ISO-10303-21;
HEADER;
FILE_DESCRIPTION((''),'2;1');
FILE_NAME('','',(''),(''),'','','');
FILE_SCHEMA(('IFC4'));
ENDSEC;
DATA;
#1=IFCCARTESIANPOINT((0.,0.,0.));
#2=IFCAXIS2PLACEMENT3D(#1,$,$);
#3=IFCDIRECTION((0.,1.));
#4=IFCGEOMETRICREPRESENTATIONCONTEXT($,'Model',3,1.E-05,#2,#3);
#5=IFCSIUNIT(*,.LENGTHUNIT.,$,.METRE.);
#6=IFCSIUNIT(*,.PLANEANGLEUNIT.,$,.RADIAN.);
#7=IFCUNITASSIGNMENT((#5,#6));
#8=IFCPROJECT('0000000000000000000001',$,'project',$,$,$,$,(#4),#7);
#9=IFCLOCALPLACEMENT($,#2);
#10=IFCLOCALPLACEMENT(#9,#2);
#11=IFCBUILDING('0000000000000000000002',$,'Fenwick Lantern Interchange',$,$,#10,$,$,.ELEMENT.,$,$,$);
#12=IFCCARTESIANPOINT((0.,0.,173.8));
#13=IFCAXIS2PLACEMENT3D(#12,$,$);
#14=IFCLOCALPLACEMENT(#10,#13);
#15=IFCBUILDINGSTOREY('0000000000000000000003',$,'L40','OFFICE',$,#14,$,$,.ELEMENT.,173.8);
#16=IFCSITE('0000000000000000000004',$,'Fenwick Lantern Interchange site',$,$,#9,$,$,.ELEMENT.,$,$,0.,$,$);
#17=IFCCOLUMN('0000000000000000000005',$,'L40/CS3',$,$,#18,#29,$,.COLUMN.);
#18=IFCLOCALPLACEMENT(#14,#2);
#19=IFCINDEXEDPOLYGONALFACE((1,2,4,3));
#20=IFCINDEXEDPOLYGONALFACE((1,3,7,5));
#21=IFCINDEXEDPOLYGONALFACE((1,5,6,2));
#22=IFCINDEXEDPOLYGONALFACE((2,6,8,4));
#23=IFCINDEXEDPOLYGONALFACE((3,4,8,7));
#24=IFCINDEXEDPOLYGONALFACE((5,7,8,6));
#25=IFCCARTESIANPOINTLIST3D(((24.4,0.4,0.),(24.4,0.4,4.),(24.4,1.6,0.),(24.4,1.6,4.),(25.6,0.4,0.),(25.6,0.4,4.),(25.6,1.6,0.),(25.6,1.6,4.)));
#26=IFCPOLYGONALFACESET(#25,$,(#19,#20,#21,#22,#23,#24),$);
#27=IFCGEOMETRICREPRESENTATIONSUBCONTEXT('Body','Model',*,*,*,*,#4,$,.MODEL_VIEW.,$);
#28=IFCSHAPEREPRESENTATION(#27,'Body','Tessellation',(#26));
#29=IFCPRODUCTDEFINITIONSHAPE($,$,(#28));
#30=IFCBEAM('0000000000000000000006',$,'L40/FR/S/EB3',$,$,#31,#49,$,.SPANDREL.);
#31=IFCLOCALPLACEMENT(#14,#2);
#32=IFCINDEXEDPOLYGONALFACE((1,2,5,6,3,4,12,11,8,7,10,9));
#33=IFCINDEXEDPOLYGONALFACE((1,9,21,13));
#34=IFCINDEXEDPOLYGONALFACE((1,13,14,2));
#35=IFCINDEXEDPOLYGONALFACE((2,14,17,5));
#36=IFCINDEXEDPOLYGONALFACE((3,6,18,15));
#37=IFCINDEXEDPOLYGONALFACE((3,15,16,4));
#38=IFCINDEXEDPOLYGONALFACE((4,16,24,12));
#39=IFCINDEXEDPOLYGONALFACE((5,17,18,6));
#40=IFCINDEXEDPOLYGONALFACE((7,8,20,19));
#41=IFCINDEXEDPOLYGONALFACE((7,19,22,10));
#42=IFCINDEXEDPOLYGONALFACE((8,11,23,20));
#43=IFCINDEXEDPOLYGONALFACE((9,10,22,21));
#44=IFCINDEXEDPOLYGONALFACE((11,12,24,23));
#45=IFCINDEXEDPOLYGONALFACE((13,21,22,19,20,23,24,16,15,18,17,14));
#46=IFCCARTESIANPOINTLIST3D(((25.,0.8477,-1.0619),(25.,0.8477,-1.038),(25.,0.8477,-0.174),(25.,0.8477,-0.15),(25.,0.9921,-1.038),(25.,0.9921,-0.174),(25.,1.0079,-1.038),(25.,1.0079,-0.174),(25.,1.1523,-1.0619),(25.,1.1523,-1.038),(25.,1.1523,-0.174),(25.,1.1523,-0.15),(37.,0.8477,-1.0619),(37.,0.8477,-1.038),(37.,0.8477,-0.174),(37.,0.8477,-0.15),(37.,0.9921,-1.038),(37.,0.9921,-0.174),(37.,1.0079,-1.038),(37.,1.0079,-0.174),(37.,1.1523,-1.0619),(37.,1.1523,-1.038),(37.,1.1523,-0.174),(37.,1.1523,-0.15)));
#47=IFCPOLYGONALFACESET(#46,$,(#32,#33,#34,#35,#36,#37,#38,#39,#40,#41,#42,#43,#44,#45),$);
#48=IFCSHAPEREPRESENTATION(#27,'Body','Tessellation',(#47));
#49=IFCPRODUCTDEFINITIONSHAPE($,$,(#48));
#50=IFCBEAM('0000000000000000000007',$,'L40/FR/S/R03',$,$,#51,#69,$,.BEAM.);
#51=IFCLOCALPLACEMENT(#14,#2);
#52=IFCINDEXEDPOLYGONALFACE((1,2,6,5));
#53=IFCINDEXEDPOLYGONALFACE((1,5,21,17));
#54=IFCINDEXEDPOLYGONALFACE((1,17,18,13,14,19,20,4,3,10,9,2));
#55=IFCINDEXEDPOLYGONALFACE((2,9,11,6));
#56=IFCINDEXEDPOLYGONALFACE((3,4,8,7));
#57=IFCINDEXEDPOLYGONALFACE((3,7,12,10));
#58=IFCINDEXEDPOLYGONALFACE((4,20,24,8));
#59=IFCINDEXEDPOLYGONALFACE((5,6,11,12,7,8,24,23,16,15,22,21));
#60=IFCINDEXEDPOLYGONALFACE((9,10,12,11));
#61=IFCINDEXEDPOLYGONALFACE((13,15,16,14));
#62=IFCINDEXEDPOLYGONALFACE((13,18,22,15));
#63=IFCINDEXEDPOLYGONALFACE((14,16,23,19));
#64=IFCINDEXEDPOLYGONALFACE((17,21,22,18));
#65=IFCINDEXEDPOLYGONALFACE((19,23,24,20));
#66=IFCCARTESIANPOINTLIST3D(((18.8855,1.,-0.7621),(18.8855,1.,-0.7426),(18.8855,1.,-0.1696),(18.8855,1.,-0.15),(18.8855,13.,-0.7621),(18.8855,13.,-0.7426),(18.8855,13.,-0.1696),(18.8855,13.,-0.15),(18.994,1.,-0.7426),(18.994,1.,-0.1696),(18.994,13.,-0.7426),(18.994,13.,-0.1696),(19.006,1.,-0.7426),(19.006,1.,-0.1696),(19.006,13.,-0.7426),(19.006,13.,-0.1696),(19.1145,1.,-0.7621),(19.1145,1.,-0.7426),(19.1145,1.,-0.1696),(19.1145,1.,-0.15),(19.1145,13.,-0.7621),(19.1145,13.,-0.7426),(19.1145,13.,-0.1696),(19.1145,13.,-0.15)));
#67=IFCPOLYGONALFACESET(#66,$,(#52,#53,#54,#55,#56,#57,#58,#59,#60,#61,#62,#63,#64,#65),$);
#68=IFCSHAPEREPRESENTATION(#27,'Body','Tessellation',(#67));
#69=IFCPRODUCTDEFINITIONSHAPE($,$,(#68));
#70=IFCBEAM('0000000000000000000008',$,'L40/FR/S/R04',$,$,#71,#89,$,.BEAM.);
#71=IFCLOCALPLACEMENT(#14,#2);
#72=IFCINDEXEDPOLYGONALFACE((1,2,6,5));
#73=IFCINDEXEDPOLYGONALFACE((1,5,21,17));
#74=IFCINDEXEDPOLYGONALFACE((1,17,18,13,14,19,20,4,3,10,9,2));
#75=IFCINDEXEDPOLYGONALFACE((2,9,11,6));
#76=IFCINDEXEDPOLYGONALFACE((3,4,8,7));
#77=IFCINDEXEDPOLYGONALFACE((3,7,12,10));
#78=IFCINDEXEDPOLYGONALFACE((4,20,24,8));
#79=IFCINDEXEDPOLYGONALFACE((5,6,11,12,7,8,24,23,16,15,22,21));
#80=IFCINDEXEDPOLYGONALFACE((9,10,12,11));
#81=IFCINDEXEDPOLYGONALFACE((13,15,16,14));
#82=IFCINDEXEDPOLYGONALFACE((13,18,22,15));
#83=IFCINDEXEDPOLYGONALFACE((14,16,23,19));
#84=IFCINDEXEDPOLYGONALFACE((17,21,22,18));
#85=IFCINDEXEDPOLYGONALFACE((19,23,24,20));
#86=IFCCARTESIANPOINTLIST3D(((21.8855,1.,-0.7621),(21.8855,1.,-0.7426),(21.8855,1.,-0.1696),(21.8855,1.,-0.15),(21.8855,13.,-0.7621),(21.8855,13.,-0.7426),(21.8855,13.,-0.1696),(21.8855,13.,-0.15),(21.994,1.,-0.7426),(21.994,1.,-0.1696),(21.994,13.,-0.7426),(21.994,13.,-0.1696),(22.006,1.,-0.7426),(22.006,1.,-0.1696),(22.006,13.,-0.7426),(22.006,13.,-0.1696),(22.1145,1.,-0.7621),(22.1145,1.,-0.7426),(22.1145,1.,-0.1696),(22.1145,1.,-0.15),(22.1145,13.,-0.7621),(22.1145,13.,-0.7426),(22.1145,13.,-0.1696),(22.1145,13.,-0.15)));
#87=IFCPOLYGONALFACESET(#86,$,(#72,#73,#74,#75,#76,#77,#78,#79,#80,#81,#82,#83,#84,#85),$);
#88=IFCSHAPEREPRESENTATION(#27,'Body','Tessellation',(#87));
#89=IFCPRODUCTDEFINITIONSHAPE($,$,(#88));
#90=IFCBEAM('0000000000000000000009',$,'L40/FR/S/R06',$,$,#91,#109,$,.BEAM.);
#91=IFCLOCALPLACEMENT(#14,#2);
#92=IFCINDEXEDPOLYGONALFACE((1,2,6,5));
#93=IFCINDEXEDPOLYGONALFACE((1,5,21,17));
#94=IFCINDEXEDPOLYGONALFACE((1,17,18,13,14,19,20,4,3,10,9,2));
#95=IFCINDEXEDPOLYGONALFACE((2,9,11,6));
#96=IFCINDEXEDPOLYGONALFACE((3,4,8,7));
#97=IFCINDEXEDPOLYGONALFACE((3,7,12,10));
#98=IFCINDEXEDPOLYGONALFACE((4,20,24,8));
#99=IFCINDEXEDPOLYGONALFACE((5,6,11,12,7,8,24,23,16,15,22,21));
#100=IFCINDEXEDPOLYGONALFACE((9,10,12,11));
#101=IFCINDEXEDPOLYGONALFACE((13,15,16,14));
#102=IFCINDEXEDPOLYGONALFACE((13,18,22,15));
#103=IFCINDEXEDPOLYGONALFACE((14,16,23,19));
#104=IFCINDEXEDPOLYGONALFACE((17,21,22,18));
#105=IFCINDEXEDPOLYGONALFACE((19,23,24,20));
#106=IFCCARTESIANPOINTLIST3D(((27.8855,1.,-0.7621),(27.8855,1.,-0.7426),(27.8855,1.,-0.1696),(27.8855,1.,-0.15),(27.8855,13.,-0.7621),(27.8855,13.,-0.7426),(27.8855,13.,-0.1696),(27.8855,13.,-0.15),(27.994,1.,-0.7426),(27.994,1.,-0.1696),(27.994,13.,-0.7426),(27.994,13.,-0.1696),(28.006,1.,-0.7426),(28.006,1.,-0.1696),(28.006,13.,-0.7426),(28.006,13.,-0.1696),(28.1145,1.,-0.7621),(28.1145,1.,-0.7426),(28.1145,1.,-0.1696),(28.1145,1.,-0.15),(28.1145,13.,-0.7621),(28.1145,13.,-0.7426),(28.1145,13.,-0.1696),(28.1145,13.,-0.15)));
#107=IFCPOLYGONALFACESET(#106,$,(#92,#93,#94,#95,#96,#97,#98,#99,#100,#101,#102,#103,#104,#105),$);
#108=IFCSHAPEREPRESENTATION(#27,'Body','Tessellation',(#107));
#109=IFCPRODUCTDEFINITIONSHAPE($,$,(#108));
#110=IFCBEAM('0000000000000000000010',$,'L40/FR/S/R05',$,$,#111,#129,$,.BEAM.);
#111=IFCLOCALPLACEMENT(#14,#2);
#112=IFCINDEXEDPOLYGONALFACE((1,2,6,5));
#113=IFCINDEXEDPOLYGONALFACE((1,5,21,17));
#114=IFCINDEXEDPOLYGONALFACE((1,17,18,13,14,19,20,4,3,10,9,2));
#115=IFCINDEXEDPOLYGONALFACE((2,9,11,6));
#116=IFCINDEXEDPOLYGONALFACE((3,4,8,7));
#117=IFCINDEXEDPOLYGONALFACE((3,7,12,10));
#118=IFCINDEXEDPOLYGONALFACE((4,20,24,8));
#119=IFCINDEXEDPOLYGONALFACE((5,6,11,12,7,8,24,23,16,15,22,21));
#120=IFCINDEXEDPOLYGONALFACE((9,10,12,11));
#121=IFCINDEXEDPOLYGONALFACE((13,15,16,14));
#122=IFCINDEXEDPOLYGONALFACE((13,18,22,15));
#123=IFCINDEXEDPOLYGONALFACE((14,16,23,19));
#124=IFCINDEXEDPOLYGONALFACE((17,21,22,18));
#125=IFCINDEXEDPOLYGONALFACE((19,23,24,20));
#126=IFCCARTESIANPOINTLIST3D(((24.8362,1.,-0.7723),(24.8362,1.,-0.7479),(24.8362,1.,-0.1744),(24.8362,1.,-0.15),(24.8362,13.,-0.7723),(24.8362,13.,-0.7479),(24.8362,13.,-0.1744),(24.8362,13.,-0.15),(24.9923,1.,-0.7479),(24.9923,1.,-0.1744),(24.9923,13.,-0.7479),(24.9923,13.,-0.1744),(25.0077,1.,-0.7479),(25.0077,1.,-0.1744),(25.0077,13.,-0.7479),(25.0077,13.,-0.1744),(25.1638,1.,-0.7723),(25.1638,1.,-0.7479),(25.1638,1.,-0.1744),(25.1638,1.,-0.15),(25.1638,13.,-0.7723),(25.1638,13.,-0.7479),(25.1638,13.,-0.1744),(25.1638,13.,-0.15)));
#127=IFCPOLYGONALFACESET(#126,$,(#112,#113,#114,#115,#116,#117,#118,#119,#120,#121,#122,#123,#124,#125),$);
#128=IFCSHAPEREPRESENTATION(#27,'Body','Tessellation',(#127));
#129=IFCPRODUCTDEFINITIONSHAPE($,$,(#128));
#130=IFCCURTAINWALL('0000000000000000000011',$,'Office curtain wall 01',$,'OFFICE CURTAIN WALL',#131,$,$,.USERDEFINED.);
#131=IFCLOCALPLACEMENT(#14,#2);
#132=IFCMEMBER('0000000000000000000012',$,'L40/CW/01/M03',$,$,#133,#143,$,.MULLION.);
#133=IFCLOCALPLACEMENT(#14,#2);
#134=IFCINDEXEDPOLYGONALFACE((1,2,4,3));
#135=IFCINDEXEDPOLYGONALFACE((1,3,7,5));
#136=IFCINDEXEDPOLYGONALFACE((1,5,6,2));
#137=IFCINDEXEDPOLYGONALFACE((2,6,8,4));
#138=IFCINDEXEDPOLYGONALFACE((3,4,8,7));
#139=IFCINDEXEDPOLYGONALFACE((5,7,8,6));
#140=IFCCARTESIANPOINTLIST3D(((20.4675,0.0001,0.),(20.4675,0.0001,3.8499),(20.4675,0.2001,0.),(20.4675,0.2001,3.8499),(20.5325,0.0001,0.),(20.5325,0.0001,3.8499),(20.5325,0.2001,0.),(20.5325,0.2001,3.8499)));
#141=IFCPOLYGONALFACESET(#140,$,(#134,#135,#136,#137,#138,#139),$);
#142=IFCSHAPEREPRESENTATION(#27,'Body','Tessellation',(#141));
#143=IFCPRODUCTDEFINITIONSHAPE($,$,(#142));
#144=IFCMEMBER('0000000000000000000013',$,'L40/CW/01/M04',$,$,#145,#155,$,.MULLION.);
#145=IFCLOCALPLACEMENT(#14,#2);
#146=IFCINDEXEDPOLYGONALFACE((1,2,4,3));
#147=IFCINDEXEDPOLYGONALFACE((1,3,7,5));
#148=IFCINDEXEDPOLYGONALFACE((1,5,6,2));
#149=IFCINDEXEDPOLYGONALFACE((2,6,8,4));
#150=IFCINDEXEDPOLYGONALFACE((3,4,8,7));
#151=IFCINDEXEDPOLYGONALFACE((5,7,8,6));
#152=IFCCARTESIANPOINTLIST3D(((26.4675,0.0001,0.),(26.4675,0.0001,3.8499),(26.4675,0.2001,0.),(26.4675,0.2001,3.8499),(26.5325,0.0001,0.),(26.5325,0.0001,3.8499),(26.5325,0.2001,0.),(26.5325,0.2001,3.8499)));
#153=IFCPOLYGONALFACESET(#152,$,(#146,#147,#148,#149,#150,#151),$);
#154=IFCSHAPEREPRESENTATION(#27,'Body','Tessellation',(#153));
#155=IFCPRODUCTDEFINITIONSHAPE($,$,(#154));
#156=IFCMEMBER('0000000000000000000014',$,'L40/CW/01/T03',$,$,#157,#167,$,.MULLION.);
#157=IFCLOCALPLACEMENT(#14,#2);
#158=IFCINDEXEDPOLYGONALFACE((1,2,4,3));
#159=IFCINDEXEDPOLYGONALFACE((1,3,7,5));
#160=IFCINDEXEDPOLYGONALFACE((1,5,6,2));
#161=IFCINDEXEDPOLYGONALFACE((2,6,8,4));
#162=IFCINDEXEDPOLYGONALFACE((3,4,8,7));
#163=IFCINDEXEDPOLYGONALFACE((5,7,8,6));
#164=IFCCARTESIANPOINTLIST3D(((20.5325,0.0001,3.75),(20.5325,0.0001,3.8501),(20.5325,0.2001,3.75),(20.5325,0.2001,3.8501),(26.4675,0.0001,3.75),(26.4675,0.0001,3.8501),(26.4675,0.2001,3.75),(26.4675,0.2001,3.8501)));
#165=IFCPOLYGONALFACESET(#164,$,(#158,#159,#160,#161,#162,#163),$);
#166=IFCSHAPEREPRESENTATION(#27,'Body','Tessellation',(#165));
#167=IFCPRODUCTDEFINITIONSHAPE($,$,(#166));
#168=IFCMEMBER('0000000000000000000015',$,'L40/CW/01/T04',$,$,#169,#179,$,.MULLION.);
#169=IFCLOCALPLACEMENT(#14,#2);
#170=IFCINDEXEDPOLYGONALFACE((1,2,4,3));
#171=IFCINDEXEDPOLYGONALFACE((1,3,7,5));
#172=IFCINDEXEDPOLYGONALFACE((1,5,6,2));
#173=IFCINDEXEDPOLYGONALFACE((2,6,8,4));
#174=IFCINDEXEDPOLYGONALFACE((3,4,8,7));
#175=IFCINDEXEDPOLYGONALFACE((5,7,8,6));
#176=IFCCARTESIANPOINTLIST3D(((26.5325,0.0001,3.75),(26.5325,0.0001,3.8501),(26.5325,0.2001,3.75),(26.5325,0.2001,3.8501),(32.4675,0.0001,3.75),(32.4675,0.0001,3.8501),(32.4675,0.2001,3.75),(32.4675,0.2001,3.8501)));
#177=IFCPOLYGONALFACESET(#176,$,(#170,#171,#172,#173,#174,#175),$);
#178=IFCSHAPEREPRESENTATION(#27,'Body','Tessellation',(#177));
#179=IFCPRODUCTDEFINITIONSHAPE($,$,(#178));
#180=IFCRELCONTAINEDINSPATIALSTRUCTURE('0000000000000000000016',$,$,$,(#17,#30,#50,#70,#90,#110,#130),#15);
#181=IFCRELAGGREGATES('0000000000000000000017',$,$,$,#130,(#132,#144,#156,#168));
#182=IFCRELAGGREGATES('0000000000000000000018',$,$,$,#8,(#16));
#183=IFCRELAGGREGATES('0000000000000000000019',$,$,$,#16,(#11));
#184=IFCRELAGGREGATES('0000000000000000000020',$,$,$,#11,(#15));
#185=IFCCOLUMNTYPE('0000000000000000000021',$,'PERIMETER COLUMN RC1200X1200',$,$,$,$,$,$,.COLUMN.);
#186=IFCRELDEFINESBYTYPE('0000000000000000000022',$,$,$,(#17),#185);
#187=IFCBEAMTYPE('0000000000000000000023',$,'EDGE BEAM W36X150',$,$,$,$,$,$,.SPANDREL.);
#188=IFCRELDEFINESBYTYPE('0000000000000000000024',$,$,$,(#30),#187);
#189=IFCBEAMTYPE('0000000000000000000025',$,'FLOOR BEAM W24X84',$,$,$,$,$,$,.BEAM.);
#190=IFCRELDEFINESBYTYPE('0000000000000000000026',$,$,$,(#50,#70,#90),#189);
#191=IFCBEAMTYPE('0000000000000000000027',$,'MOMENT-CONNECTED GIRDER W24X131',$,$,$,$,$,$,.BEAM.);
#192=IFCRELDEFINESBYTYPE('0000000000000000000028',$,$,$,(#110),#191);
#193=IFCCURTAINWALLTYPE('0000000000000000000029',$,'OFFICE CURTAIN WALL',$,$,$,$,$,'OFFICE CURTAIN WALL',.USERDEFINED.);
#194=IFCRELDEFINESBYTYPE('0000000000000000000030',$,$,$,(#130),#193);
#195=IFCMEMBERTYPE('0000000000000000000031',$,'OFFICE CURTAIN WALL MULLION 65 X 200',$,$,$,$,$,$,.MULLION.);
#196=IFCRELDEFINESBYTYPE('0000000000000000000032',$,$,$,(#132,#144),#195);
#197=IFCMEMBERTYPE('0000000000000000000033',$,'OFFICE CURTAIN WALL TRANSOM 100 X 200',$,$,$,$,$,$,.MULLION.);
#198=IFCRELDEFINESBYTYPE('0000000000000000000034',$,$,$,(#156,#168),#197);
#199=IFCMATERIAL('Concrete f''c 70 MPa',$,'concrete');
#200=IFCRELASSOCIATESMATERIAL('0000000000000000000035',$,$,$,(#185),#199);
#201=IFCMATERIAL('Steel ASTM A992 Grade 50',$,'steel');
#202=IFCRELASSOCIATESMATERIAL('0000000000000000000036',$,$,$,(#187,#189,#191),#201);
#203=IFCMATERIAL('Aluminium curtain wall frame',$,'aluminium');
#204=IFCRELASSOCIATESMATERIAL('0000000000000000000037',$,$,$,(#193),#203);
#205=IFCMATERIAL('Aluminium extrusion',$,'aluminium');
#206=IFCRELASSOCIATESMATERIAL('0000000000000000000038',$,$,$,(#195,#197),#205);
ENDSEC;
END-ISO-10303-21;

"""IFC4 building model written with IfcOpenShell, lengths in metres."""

from ifc_helpers import new_model, si_unit, direction, frame, origin, origin_2d, place, context, subcontext, project, spatial, rectangle, i_section, extrude, material, material_profile, profile_set, type_object, element, aggregate, save


model = new_model("IFC4")

# Units and contexts
model_context = context("Model", 3, precision=1e-05, world=origin(), true_north=direction((0.0, 1.0)))
body_context = subcontext(model_context, "Body", "Model", "MODEL_VIEW")
ifc_project = project(units=[si_unit("LENGTHUNIT", "METRE"), si_unit("PLANEANGLEUNIT", "RADIAN")], contexts=[model_context])

# Site, building, storey
site_placement = place(None, origin())
site = spatial("IfcSite", under=ifc_project, at=site_placement, Name="Fenwick Lantern Interchange site", CompositionType="ELEMENT", RefElevation=0.0)
building_placement = place(site_placement, origin())
building = spatial("IfcBuilding", under=site, at=building_placement, Name="Fenwick Lantern Interchange", CompositionType="ELEMENT")
storey_placement = place(building_placement, frame((0.0, 0.0, 173.8)))
storey = spatial("IfcBuildingStorey", under=building, at=storey_placement, Name="L40", Description="OFFICE", CompositionType="ELEMENT", Elevation=173.8)

# Column
ifc_material_1 = material(Name="Concrete f'c 70 MPa", Category="concrete")
ifc_material_profile_1 = material_profile(ifc_material_1, rectangle(XDim=1.2, YDim=1.2, at=origin_2d()), Name="RC1200X1200")
ifc_profile_set_1 = profile_set([ifc_material_profile_1], Name="Concrete f'c 70 MPa")
column_type = type_object("IfcColumnType", Name="PERIMETER COLUMN RC1200X1200", PredefinedType="COLUMN", material=ifc_profile_set_1)
column_placement = place(storey_placement, frame((25.0, 1.0, 0.0), z_axis=(0.0, 0.0, 1.0), x_axis=(1.0, 0.0, 0.0)))
element("IfcColumn", 1, at=column_placement, inside=storey, type_object=column_type, Name="L40/CS3", PredefinedType="COLUMN", context=body_context, shape_type="SweptSolid", body=[
    extrude(rectangle(XDim=1.2, YDim=1.2, at=origin_2d()), origin(), (0.0, 0.0, 1.0), 4.0),
])

# Beams
ifc_material_2 = material(Name="Steel ASTM A992 Grade 50", Category="steel")
ifc_material_profile_2 = material_profile(ifc_material_2, i_section(OverallWidth=0.3047, OverallDepth=0.9119, WebThickness=0.0159, FlangeThickness=0.0239, at=origin_2d()), Name="W36X150")
ifc_profile_set_2 = profile_set([ifc_material_profile_2], Name="Steel ASTM A992 Grade 50")
beam_type_1 = type_object("IfcBeamType", Name="EDGE BEAM W36X150", PredefinedType="SPANDREL", material=ifc_profile_set_2)
beam_1_placement = place(storey_placement, frame((25.0, 1.0, -0.606), z_axis=(1.0, 0.0, 0.0), x_axis=(0.0, 1.0, 0.0)))
element("IfcBeam", 2, at=beam_1_placement, inside=storey, type_object=beam_type_1, Name="L40/FR/S/EB3", PredefinedType="SPANDREL", context=body_context, shape_type="SweptSolid", body=[
    extrude(i_section(OverallWidth=0.3047, OverallDepth=0.9119, WebThickness=0.0159, FlangeThickness=0.0239, at=origin_2d()), origin(), (0.0, 0.0, 1.0), 12.0),
])
ifc_material_profile_3 = material_profile(ifc_material_2, i_section(OverallWidth=0.229, OverallDepth=0.6121, WebThickness=0.012, FlangeThickness=0.0195, at=origin_2d()), Name="W24X84")
ifc_profile_set_3 = profile_set([ifc_material_profile_3], Name="Steel ASTM A992 Grade 50")
beam_type_2 = type_object("IfcBeamType", Name="FLOOR BEAM W24X84", PredefinedType="BEAM", material=ifc_profile_set_3)
for number, where, z_axis, x_axis, name in (
    (3, (19.0, 1.0, -0.4561), (0.0, 1.0, 0.0), (-1.0, 0.0, 0.0), "L40/FR/S/R03"),
    (4, (22.0, 1.0, -0.4561), (0.0, 1.0, 0.0), (-1.0, 0.0, 0.0), "L40/FR/S/R04"),
    (5, (28.0, 1.0, -0.4561), (0.0, 1.0, 0.0), (-1.0, 0.0, 0.0), "L40/FR/S/R06"),
):
    element("IfcBeam", number, at=place(storey_placement, frame(where, z_axis=z_axis, x_axis=x_axis)), inside=storey, type_object=beam_type_2, Name=name, PredefinedType="BEAM", context=body_context, shape_type="SweptSolid", body=[
        extrude(i_section(OverallWidth=0.229, OverallDepth=0.6121, WebThickness=0.012, FlangeThickness=0.0195, at=origin_2d()), origin(), (0.0, 0.0, 1.0), 12.0),
    ])
ifc_material_profile_4 = material_profile(ifc_material_2, i_section(OverallWidth=0.3276, OverallDepth=0.6223, WebThickness=0.0154, FlangeThickness=0.0244, at=origin_2d()), Name="W24X131")
ifc_profile_set_4 = profile_set([ifc_material_profile_4], Name="Steel ASTM A992 Grade 50")
beam_type_3 = type_object("IfcBeamType", Name="MOMENT-CONNECTED GIRDER W24X131", PredefinedType="BEAM", material=ifc_profile_set_4)
beam_2_placement = place(storey_placement, frame((25.0, 1.0, -0.4612), z_axis=(0.0, 1.0, 0.0), x_axis=(-1.0, 0.0, 0.0)))
element("IfcBeam", 6, at=beam_2_placement, inside=storey, type_object=beam_type_3, Name="L40/FR/S/R05", PredefinedType="BEAM", context=body_context, shape_type="SweptSolid", body=[
    extrude(i_section(OverallWidth=0.3276, OverallDepth=0.6223, WebThickness=0.0154, FlangeThickness=0.0244, at=origin_2d()), origin(), (0.0, 0.0, 1.0), 12.0),
])

# Curtain wall, members
ifc_material_3 = material(Name="Aluminium curtain wall frame", Category="aluminium")
curtain_wall_type = type_object("IfcCurtainWallType", Name="OFFICE CURTAIN WALL", ElementType="OFFICE CURTAIN WALL", PredefinedType="USERDEFINED", material=ifc_material_3)
curtain_wall_placement = place(storey_placement, origin())
curtain_wall = element("IfcCurtainWall", 7, at=curtain_wall_placement, inside=storey, type_object=curtain_wall_type, Name="Office curtain wall 01", ObjectType="OFFICE CURTAIN WALL", PredefinedType="USERDEFINED")
ifc_material_4 = material(Name="Aluminium extrusion", Category="aluminium")
ifc_material_profile_5 = material_profile(ifc_material_4, rectangle(XDim=0.2, YDim=0.0649, at=origin_2d()), Name="OFFICE CURTAIN WALL MULLION 65 X 200")
ifc_profile_set_5 = profile_set([ifc_material_profile_5], Name="Aluminium extrusion")
member_type_1 = type_object("IfcMemberType", Name="OFFICE CURTAIN WALL MULLION 65 X 200", PredefinedType="MULLION", material=ifc_profile_set_5)
member_1_placement = place(storey_placement, frame((20.5, 0.1001, 0.0), z_axis=(0.0, 0.0, 1.0), x_axis=(0.0, 1.0, 0.0)))
member_1 = element("IfcMember", 8, at=member_1_placement, type_object=member_type_1, Name="L40/CW/01/M03", PredefinedType="MULLION", context=body_context, shape_type="SweptSolid", body=[
    extrude(rectangle(XDim=0.2, YDim=0.0649, at=origin_2d()), origin(), (0.0, 0.0, 1.0), 3.8499),
])
member_2_placement = place(storey_placement, frame((26.5, 0.1001, 0.0), z_axis=(0.0, 0.0, 1.0), x_axis=(0.0, 1.0, 0.0)))
member_2 = element("IfcMember", 9, at=member_2_placement, type_object=member_type_1, Name="L40/CW/01/M04", PredefinedType="MULLION", context=body_context, shape_type="SweptSolid", body=[
    extrude(rectangle(XDim=0.2, YDim=0.0649, at=origin_2d()), origin(), (0.0, 0.0, 1.0), 3.8499),
])
ifc_material_profile_6 = material_profile(ifc_material_4, rectangle(XDim=0.2, YDim=0.1001, at=origin_2d()), Name="OFFICE CURTAIN WALL TRANSOM 100 X 200")
ifc_profile_set_6 = profile_set([ifc_material_profile_6], Name="Aluminium extrusion")
member_type_2 = type_object("IfcMemberType", Name="OFFICE CURTAIN WALL TRANSOM 100 X 200", PredefinedType="MULLION", material=ifc_profile_set_6)
member_3_placement = place(storey_placement, frame((20.5325, 0.1001, 3.8), z_axis=(1.0, 0.0, 0.0), x_axis=(0.0, 1.0, 0.0)))
member_3 = element("IfcMember", 10, at=member_3_placement, type_object=member_type_2, Name="L40/CW/01/T03", PredefinedType="MULLION", context=body_context, shape_type="SweptSolid", body=[
    extrude(rectangle(XDim=0.2, YDim=0.1001, at=origin_2d()), origin(), (0.0, 0.0, 1.0), 5.9351),
])
member_4_placement = place(storey_placement, frame((26.5325, 0.1001, 3.8), z_axis=(1.0, 0.0, 0.0), x_axis=(0.0, 1.0, 0.0)))
member_4 = element("IfcMember", 11, at=member_4_placement, type_object=member_type_2, Name="L40/CW/01/T04", PredefinedType="MULLION", context=body_context, shape_type="SweptSolid", body=[
    extrude(rectangle(XDim=0.2, YDim=0.1001, at=origin_2d()), origin(), (0.0, 0.0, 1.0), 5.9351),
])
aggregate(curtain_wall, [member_1, member_2, member_3, member_4])

save(model, "model.ifc")
